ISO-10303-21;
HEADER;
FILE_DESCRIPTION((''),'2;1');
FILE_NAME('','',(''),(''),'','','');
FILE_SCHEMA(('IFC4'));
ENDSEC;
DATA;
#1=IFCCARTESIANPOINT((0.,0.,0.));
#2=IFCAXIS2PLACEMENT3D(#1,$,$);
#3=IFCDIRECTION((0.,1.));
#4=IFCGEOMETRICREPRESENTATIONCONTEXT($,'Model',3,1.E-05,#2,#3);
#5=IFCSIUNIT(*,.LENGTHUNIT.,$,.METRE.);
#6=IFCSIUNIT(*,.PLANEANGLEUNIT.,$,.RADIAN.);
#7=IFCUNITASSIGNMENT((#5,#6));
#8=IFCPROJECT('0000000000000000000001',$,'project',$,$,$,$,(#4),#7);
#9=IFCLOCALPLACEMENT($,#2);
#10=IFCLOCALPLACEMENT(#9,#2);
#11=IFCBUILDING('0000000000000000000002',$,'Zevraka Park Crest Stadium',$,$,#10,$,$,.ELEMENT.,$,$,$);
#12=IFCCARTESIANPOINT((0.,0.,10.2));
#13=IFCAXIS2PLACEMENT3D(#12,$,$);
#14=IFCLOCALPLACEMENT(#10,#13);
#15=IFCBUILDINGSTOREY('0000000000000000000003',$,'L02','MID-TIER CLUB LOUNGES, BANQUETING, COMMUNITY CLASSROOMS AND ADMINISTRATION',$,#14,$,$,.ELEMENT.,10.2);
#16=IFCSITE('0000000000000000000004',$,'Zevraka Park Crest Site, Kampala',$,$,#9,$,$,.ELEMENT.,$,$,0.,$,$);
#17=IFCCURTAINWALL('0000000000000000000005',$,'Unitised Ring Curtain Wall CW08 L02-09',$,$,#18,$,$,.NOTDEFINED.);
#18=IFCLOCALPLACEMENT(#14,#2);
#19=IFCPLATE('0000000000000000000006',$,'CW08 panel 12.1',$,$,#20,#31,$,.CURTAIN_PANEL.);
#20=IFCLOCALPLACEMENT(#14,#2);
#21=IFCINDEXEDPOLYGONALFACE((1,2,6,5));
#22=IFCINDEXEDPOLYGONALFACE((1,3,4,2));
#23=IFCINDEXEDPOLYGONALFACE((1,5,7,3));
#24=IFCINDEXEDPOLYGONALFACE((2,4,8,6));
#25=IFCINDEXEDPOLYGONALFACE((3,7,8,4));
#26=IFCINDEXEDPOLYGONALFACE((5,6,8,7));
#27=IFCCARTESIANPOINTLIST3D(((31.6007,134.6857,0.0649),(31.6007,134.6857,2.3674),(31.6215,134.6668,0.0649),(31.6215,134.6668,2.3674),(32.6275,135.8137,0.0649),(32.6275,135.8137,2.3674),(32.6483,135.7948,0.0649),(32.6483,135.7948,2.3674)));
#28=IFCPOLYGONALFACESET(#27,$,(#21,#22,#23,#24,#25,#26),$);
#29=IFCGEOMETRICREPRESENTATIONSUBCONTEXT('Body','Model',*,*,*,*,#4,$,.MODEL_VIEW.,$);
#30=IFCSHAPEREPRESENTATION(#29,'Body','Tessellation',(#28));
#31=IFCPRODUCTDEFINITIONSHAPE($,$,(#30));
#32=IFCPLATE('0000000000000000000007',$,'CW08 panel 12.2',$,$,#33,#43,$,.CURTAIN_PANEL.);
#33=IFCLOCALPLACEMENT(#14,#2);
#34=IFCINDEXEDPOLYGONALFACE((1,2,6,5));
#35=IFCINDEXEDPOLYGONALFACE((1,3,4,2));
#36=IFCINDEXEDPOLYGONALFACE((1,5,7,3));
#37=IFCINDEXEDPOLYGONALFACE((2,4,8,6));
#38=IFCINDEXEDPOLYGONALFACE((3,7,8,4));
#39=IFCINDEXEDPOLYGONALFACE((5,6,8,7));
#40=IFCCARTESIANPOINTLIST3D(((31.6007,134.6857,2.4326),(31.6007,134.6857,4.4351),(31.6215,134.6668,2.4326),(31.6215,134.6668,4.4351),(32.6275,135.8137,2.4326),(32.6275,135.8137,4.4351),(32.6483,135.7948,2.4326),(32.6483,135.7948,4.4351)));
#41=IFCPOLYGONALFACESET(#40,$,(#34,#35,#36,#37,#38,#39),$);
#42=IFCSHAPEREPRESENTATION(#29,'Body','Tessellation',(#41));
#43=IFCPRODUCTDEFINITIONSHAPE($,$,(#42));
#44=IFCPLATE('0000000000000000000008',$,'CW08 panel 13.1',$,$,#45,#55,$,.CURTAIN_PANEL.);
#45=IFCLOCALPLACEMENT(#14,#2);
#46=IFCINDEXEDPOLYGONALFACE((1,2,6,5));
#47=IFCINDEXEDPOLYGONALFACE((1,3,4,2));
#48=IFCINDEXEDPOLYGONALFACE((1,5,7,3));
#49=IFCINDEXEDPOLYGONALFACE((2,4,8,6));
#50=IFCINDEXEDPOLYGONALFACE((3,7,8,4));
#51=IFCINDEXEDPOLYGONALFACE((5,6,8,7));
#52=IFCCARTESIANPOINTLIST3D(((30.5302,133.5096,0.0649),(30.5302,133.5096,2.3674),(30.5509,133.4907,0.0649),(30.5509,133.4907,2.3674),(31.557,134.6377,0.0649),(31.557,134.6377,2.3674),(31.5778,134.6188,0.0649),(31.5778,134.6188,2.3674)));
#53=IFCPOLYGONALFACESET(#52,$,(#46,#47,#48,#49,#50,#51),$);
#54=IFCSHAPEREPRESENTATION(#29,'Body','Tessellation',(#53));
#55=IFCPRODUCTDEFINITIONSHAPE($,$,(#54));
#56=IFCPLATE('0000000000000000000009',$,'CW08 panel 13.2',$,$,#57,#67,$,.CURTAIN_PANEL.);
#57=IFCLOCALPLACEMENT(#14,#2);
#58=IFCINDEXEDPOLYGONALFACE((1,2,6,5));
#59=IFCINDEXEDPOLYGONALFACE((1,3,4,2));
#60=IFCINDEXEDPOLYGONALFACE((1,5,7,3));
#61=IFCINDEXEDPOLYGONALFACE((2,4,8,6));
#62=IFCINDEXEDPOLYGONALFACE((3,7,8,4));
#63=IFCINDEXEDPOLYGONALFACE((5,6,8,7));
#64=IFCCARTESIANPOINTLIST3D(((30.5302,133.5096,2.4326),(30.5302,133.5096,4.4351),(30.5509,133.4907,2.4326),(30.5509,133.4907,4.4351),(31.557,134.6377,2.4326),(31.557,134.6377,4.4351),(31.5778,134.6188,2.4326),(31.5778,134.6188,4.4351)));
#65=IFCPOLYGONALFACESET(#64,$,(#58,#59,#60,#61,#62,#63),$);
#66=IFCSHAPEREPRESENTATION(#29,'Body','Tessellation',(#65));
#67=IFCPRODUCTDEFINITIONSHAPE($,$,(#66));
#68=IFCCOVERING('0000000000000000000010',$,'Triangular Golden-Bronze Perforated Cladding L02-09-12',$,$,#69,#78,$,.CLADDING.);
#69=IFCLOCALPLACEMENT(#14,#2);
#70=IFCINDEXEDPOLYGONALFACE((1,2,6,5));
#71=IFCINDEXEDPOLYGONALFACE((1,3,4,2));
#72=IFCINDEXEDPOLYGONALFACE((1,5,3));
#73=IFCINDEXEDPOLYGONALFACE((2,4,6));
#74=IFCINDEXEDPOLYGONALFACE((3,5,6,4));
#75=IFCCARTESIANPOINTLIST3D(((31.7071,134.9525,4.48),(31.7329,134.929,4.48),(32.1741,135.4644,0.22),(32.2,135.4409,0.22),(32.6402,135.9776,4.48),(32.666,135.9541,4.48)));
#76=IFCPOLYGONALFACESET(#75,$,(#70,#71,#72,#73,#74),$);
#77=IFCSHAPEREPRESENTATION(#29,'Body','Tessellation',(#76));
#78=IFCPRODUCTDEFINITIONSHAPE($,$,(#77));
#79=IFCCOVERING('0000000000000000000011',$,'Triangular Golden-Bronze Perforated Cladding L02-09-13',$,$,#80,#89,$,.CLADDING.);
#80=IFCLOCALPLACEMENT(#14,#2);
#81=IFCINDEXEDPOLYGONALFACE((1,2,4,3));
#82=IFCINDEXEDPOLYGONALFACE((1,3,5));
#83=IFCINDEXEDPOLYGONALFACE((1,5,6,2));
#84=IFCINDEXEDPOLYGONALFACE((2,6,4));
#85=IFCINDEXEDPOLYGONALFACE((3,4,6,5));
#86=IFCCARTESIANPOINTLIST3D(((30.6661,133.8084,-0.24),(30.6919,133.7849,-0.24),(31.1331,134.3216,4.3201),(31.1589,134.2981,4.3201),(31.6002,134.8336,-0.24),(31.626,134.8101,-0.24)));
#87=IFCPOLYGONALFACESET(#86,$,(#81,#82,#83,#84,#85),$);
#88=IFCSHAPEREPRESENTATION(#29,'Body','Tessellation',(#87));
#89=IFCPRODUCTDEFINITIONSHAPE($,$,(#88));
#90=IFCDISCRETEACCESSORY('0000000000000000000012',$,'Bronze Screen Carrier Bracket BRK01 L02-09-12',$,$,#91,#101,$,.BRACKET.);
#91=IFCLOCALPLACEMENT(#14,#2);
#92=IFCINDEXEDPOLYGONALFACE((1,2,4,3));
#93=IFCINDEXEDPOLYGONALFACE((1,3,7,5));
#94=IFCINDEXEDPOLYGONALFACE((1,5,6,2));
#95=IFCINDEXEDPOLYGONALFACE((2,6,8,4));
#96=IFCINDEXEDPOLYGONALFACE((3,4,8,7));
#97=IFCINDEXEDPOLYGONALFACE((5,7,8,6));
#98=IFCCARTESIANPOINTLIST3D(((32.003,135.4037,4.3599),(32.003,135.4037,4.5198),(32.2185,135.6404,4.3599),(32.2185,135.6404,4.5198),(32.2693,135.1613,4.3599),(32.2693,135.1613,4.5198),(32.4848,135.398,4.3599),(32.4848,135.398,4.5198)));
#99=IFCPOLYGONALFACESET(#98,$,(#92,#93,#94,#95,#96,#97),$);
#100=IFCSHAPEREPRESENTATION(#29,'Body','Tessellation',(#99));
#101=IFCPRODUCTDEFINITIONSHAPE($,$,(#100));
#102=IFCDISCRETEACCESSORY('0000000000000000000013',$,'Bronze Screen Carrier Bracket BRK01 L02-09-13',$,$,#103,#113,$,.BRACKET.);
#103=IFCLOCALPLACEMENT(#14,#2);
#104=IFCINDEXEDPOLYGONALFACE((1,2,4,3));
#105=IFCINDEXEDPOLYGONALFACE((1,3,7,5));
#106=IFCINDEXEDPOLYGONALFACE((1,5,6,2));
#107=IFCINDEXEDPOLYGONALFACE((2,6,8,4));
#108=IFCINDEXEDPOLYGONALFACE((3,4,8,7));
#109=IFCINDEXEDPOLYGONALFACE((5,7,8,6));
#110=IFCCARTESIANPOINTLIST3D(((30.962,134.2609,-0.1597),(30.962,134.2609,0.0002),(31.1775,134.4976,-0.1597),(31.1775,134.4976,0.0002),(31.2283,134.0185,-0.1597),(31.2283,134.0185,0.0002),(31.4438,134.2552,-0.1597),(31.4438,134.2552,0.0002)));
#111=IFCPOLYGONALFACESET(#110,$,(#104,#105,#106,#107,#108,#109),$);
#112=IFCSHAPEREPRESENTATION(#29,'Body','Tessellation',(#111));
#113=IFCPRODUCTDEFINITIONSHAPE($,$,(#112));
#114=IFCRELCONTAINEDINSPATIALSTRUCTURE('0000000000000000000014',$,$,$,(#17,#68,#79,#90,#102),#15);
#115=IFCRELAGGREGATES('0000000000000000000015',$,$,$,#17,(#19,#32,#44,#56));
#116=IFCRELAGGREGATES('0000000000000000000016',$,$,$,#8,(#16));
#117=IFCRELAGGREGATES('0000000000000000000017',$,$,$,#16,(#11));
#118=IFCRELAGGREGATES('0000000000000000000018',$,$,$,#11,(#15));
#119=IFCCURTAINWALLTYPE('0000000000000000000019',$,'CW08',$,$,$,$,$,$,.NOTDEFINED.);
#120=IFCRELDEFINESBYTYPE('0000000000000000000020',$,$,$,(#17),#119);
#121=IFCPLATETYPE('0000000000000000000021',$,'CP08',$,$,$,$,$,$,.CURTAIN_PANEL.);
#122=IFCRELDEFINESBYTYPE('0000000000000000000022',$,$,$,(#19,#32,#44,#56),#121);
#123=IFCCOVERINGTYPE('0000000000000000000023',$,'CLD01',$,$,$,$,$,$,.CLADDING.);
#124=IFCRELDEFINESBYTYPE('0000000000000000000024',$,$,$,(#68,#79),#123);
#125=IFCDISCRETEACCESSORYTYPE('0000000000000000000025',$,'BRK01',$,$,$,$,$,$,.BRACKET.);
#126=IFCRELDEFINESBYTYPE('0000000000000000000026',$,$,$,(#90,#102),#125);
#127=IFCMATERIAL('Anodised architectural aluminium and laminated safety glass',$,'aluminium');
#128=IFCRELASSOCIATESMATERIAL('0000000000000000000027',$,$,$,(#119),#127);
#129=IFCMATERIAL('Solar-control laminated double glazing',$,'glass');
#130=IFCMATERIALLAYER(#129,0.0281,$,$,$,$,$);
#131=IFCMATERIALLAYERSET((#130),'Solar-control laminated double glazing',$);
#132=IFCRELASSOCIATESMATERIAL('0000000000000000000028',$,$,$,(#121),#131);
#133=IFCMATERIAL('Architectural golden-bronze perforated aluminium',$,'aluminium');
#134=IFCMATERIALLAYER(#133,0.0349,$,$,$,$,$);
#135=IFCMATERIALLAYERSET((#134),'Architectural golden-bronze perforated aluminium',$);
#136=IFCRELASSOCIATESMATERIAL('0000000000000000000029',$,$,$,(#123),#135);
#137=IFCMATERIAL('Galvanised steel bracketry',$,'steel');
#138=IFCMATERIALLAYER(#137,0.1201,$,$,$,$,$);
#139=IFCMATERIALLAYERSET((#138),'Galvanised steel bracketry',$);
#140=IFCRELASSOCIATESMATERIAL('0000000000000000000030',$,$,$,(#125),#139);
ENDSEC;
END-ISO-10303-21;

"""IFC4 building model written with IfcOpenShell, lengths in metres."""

from ifc_helpers import new_model, si_unit, direction, frame, origin, origin_2d, place, context, subcontext, project, spatial, polyline, rectangle, outline, extrude, material, layer, layer_set, type_object, element, aggregate, save


model = new_model("IFC4")

# Units and contexts
model_context = context("Model", 3, precision=1e-05, world=origin(), true_north=direction((0.0, 1.0)))
body_context = subcontext(model_context, "Body", "Model", "MODEL_VIEW")
ifc_project = project(units=[si_unit("LENGTHUNIT", "METRE"), si_unit("PLANEANGLEUNIT", "RADIAN")], contexts=[model_context])

# Site, building, storey
site_placement = place(None, origin())
site = spatial("IfcSite", under=ifc_project, at=site_placement, Name="Zevraka Park Crest Site, Kampala", CompositionType="ELEMENT", RefElevation=0.0)
building_placement = place(site_placement, origin())
building = spatial("IfcBuilding", under=site, at=building_placement, Name="Zevraka Park Crest Stadium", CompositionType="ELEMENT")
storey_placement = place(building_placement, frame((0.0, 0.0, 10.2)))
storey = spatial("IfcBuildingStorey", under=building, at=storey_placement, Name="L02", Description="MID-TIER CLUB LOUNGES, BANQUETING, COMMUNITY CLASSROOMS AND ADMINISTRATION", CompositionType="ELEMENT", Elevation=10.2)

# Curtain wall, plates
ifc_material_1 = material(Name="Anodised architectural aluminium and laminated safety glass", Category="aluminium")
curtain_wall_type = type_object("IfcCurtainWallType", Name="CW08", PredefinedType="NOTDEFINED", material=ifc_material_1)
curtain_wall_placement = place(storey_placement, origin())
curtain_wall = element("IfcCurtainWall", 1, at=curtain_wall_placement, inside=storey, type_object=curtain_wall_type, Name="Unitised Ring Curtain Wall CW08 L02-09", PredefinedType="NOTDEFINED")
ifc_material_2 = material(Name="Solar-control laminated double glazing", Category="glass")
ifc_layer_1 = layer(ifc_material_2, 0.0281)
ifc_layer_set_1 = layer_set([ifc_layer_1], Name="Solar-control laminated double glazing")
plate_type = type_object("IfcPlateType", Name="CP08", PredefinedType="CURTAIN_PANEL", material=ifc_layer_set_1)
plate_1_placement = place(storey_placement, frame((32.1245, 135.2402, 0.0649), z_axis=(0.0, 0.0, 1.0), x_axis=(-0.67316, -0.739497, 0.0)))
plate_1 = element("IfcPlate", 2, at=plate_1_placement, type_object=plate_type, Name="CW08 panel 12.1", PredefinedType="CURTAIN_PANEL", context=body_context, shape_type="SweptSolid", body=[
    extrude(rectangle(XDim=1.5254, YDim=0.0281, at=origin_2d()), origin(), (0.0, 0.0, 1.0), 2.3025),
])
plate_2_placement = place(storey_placement, frame((32.1245, 135.2402, 2.4326), z_axis=(0.0, 0.0, 1.0), x_axis=(-0.67316, -0.739497, 0.0)))
plate_2 = element("IfcPlate", 3, at=plate_2_placement, type_object=plate_type, Name="CW08 panel 12.2", PredefinedType="CURTAIN_PANEL", context=body_context, shape_type="SweptSolid", body=[
    extrude(rectangle(XDim=1.5254, YDim=0.0281, at=origin_2d()), origin(), (0.0, 0.0, 1.0), 2.0024),
])
plate_3_placement = place(storey_placement, frame((31.054, 134.0642, 0.0649), z_axis=(0.0, 0.0, 1.0), x_axis=(-0.67316, -0.739497, 0.0)))
plate_3 = element("IfcPlate", 4, at=plate_3_placement, type_object=plate_type, Name="CW08 panel 13.1", PredefinedType="CURTAIN_PANEL", context=body_context, shape_type="SweptSolid", body=[
    extrude(rectangle(XDim=1.5254, YDim=0.0281, at=origin_2d()), origin(), (0.0, 0.0, 1.0), 2.3025),
])
plate_4_placement = place(storey_placement, frame((31.054, 134.0642, 2.4326), z_axis=(0.0, 0.0, 1.0), x_axis=(-0.67316, -0.739497, 0.0)))
plate_4 = element("IfcPlate", 5, at=plate_4_placement, type_object=plate_type, Name="CW08 panel 13.2", PredefinedType="CURTAIN_PANEL", context=body_context, shape_type="SweptSolid", body=[
    extrude(rectangle(XDim=1.5254, YDim=0.0281, at=origin_2d()), origin(), (0.0, 0.0, 1.0), 2.0024),
])
aggregate(curtain_wall, [plate_1, plate_2, plate_3, plate_4])

# Coverings
ifc_material_3 = material(Name="Architectural golden-bronze perforated aluminium", Category="aluminium")
ifc_layer_2 = layer(ifc_material_3, 0.0349)
ifc_layer_set_2 = layer_set([ifc_layer_2], Name="Architectural golden-bronze perforated aluminium")
covering_type = type_object("IfcCoveringType", Name="CLD01", PredefinedType="CLADDING", material=ifc_layer_set_2)
covering_1_placement = place(storey_placement, frame((31.7329, 134.929, 4.48), z_axis=(0.739526, -0.673128, 0.000181), x_axis=(0.673129, 0.739526, 0.0)))
element("IfcCovering", 6, at=covering_1_placement, inside=storey, type_object=covering_type, Name="Triangular Golden-Bronze Perforated Cladding L02-09-12", PredefinedType="CLADDING", context=body_context, shape_type="SweptSolid", body=[
    extrude(outline(polyline([(0.0, 0.0), (1.3862, 0.0), (0.693, -4.26), (0.0, 0.0)])), origin(), (0.0, 0.0, -1.0), 0.0349),
])
covering_2_placement = place(storey_placement, frame((31.626, 134.8101, -0.24), z_axis=(0.739175, -0.673514, 0.00009), x_axis=(-0.673514, -0.739175, 0.0)))
element("IfcCovering", 7, at=covering_2_placement, inside=storey, type_object=covering_type, Name="Triangular Golden-Bronze Perforated Cladding L02-09-13", PredefinedType="CLADDING", context=body_context, shape_type="SweptSolid", body=[
    extrude(outline(polyline([(0.0, 0.0), (1.3869, 0.0), (0.693, -4.5601), (0.0, 0.0)])), origin(), (0.0, 0.0, -1.0), 0.0349),
])

# Discrete accessories
ifc_material_4 = material(Name="Galvanised steel bracketry", Category="steel")
ifc_layer_3 = layer(ifc_material_4, 0.1201)
ifc_layer_set_3 = layer_set([ifc_layer_3], Name="Galvanised steel bracketry")
discrete_accessory_type = type_object("IfcDiscreteAccessoryType", Name="BRK01", PredefinedType="BRACKET", material=ifc_layer_set_3)
for number, where, z_axis, x_axis, name in (
    (8, (32.2439, 135.4009, 4.3599), (0.0, 0.0, 1.0), (-0.673142, -0.739514, 0.0), "Bronze Screen Carrier Bracket BRK01 L02-09-12"),
    (9, (31.2029, 134.2581, -0.1597), (0.0, 0.0, 1.0), (-0.673142, -0.739514, 0.0), "Bronze Screen Carrier Bracket BRK01 L02-09-13"),
):
    element("IfcDiscreteAccessory", number, at=place(storey_placement, frame(where, z_axis=z_axis, x_axis=x_axis)), inside=storey, type_object=discrete_accessory_type, Name=name, PredefinedType="BRACKET", context=body_context, shape_type="SweptSolid", body=[
        extrude(rectangle(XDim=0.3201, YDim=0.3601, at=origin_2d()), origin(), (0.0, 0.0, 1.0), 0.1599),
    ])

save(model, "model.ifc")
